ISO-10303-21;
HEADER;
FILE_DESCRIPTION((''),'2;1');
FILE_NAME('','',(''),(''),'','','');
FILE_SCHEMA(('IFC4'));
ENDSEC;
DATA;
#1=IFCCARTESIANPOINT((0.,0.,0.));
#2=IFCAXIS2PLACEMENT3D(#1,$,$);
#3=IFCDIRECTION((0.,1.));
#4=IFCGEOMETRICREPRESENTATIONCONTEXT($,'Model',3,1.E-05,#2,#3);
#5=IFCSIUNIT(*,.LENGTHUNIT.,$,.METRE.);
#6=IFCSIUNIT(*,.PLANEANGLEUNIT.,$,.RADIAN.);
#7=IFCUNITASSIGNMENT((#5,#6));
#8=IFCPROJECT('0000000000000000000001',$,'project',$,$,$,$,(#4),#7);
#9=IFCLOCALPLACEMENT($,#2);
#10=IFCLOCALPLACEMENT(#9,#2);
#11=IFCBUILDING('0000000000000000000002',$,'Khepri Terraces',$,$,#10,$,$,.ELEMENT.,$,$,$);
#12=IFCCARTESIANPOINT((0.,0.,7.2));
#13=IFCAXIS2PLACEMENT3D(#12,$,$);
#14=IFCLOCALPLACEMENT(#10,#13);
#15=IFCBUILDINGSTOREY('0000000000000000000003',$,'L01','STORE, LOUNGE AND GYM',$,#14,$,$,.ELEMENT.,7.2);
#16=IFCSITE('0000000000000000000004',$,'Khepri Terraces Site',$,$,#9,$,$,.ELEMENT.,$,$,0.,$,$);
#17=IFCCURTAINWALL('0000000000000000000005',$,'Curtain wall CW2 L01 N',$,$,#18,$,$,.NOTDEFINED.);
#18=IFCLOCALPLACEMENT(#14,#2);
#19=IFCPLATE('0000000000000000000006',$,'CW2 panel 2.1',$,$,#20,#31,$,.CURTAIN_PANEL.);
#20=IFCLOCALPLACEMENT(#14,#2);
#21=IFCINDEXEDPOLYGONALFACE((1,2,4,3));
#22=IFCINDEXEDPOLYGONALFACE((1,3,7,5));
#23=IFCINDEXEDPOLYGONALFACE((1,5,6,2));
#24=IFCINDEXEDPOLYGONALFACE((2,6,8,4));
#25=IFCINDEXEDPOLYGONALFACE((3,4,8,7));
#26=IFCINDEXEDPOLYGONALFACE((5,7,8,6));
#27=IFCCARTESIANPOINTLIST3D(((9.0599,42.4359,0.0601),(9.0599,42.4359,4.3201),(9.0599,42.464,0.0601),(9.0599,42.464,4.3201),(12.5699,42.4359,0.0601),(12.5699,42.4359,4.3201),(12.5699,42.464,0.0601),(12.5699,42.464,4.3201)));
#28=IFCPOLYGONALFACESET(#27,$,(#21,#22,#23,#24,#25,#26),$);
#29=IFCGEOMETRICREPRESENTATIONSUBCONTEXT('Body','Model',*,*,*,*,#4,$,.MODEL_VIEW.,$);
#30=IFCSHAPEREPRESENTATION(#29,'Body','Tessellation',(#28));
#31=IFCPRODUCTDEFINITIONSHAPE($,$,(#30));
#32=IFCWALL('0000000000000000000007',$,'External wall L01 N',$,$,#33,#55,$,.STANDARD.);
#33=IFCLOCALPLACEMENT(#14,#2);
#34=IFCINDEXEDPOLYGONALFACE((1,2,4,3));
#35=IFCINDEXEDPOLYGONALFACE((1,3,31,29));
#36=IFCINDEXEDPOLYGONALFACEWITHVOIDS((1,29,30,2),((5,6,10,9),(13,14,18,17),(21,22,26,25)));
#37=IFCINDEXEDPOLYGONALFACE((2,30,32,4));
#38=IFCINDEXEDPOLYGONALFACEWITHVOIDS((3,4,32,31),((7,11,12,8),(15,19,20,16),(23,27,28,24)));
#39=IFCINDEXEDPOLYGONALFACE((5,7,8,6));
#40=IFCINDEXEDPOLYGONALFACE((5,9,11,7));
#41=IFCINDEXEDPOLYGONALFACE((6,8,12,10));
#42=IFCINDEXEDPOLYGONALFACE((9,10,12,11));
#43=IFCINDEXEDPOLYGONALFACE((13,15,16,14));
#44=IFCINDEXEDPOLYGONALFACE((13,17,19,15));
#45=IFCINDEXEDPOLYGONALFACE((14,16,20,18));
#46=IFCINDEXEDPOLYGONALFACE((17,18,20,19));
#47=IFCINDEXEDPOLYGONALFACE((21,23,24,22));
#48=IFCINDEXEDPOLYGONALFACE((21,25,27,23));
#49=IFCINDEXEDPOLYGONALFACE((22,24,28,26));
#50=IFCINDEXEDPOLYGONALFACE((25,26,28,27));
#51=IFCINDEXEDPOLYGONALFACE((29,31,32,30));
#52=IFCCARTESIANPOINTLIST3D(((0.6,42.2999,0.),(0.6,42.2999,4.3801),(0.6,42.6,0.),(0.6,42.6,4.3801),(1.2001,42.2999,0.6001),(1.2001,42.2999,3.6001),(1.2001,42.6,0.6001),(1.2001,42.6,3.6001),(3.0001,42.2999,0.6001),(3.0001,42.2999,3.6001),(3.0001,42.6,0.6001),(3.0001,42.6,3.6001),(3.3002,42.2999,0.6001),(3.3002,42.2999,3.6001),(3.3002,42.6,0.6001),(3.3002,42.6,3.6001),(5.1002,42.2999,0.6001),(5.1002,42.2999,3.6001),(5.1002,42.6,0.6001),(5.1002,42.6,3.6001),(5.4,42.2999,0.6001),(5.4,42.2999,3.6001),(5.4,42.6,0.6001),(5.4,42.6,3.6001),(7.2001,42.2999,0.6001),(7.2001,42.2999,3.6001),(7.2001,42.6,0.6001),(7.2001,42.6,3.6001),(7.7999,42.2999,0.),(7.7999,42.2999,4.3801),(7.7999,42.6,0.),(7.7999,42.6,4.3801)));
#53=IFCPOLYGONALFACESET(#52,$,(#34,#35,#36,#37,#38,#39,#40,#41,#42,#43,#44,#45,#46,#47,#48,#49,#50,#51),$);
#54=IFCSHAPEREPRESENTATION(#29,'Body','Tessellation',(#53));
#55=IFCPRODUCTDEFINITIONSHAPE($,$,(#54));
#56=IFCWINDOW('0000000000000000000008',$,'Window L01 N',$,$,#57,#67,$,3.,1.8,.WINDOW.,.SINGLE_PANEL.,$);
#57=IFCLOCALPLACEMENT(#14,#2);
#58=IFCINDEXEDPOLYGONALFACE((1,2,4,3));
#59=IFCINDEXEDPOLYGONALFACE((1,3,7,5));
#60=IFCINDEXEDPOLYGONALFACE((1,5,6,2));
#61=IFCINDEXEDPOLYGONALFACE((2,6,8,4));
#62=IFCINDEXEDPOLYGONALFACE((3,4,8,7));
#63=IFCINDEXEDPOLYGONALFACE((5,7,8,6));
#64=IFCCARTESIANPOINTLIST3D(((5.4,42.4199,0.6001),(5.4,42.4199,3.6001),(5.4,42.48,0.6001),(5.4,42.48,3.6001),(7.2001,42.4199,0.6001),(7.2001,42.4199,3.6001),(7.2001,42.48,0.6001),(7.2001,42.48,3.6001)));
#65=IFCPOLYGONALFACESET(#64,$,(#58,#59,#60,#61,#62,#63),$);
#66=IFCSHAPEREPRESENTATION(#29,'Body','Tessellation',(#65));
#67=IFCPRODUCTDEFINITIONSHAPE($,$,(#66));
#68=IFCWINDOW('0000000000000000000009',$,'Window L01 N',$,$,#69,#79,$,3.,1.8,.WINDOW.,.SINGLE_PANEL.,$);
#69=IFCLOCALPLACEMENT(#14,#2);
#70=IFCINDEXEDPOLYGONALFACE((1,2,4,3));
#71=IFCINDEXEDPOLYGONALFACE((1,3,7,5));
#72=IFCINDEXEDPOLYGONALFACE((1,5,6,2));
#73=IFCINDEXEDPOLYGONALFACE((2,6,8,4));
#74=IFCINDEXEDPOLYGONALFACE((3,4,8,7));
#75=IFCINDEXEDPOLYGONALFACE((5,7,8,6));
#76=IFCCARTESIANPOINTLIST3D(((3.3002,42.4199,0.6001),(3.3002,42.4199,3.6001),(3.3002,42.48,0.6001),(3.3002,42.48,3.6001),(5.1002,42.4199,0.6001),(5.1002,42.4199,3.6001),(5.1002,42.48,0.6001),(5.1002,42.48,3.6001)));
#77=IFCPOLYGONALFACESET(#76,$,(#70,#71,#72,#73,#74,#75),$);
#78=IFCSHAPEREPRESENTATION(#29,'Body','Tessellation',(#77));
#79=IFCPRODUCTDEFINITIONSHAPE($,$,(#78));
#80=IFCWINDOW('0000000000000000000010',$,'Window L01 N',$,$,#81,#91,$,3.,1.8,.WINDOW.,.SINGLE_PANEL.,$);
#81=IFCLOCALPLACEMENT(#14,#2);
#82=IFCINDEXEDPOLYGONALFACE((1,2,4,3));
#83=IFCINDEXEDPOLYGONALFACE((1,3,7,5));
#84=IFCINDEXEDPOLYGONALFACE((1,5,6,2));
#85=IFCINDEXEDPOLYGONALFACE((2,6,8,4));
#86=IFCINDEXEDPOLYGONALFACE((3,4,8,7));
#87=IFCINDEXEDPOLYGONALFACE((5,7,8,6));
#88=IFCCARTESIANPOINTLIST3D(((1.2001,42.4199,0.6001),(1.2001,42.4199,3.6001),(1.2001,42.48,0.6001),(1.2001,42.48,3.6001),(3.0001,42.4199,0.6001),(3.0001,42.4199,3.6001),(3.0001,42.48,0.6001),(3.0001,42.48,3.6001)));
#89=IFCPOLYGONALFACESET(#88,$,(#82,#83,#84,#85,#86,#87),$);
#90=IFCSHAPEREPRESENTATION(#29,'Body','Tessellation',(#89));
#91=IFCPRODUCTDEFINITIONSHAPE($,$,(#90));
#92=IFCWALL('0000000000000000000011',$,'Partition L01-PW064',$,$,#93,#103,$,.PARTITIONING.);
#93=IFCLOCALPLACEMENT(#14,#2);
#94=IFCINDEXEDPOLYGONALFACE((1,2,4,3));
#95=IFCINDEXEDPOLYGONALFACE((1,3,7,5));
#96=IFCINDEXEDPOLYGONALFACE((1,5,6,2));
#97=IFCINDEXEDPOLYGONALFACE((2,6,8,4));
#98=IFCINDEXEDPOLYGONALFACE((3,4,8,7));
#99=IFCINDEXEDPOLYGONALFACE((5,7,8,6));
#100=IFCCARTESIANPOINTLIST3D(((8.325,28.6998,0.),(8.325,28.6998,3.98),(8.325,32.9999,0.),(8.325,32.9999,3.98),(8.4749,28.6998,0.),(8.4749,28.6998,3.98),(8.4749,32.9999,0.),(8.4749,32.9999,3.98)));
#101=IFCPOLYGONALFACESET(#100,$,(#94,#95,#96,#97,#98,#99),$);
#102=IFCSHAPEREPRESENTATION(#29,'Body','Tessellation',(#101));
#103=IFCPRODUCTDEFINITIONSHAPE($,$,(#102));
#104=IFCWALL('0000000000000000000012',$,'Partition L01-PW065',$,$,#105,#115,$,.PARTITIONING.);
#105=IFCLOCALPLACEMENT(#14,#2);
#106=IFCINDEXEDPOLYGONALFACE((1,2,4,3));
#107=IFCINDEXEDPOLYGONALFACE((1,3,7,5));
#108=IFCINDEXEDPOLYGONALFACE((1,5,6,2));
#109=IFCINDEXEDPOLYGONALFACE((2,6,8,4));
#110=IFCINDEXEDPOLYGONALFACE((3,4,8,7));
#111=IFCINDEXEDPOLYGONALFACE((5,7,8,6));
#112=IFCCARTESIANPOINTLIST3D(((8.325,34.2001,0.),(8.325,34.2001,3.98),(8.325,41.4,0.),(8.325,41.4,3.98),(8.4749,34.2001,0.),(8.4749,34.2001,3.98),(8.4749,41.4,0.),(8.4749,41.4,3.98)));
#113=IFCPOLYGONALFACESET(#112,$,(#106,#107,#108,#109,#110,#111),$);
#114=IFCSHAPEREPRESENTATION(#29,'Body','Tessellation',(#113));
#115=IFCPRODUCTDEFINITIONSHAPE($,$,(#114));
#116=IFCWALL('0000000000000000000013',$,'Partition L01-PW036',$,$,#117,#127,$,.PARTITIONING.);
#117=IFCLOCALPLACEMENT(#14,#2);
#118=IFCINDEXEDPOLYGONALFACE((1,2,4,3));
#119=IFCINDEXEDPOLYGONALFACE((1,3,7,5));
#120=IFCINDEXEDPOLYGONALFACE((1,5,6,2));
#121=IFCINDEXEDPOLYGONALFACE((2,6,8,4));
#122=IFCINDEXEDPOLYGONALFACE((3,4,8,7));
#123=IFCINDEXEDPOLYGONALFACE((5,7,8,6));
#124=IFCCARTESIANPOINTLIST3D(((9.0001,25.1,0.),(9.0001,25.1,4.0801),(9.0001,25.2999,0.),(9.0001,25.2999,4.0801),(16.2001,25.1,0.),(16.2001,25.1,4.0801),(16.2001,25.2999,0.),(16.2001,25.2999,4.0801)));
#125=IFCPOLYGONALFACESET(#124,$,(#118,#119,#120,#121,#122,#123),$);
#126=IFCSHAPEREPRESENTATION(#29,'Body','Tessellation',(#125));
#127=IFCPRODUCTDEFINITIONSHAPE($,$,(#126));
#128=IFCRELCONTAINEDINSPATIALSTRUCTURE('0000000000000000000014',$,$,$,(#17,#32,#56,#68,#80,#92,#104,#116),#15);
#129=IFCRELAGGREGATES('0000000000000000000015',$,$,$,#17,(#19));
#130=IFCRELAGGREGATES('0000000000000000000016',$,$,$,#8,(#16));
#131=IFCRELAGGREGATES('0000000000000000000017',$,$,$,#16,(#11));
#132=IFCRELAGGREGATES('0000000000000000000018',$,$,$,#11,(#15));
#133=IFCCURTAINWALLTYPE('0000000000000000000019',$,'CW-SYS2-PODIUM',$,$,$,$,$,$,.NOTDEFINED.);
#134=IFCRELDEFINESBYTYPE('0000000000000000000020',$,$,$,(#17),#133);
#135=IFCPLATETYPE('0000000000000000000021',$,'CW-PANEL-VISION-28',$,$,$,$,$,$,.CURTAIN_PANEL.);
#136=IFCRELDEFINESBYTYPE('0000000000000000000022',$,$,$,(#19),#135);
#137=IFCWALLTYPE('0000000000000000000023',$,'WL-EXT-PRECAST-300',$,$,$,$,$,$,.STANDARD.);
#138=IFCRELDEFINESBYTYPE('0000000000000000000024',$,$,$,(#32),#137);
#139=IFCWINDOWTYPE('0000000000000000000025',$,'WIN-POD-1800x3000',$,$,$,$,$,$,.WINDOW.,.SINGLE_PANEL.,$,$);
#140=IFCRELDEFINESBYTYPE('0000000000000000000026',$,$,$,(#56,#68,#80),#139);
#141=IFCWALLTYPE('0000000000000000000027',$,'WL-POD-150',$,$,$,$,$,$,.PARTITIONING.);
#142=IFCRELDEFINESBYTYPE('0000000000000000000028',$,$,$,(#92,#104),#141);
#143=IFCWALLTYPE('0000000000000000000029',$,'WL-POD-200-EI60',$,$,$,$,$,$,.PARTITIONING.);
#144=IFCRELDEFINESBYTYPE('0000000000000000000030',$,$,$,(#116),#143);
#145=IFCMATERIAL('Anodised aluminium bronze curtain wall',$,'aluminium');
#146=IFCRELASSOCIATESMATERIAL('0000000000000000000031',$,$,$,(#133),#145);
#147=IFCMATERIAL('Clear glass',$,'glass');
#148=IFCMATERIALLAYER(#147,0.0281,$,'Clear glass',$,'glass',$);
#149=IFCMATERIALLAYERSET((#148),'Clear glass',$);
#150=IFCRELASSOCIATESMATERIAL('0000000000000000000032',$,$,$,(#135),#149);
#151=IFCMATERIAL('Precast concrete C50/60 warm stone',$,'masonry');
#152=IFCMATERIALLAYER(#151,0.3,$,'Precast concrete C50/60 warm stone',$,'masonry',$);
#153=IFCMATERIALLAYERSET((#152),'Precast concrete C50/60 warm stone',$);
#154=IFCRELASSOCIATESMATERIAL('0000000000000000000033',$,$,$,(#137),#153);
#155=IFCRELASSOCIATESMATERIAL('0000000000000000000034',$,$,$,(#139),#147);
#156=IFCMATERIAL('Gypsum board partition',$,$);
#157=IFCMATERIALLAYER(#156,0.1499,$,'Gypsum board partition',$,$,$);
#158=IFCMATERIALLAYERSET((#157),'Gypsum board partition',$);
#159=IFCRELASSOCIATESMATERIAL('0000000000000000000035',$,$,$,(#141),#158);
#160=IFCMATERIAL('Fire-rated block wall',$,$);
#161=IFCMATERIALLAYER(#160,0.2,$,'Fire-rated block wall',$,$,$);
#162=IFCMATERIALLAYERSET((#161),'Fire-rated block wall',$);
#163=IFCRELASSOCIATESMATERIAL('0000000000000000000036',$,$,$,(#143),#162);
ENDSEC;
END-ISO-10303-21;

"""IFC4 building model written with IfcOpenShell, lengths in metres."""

from ifc_helpers import new_model, si_unit, direction, frame, frame_2d, origin, origin_2d, place, context, subcontext, project, spatial, rectangle, extrude, material, layer, layer_set, type_object, element, fill, aggregate, save


model = new_model("IFC4")

# Units and contexts
model_context = context("Model", 3, precision=1e-05, world=origin(), true_north=direction((0.0, 1.0)))
body_context = subcontext(model_context, "Body", "Model", "MODEL_VIEW")
ifc_project = project(units=[si_unit("LENGTHUNIT", "METRE"), si_unit("PLANEANGLEUNIT", "RADIAN")], contexts=[model_context])

# Site, building, storey
site_placement = place(None, origin())
site = spatial("IfcSite", under=ifc_project, at=site_placement, Name="Khepri Terraces Site", CompositionType="ELEMENT", RefElevation=0.0)
building_placement = place(site_placement, origin())
building = spatial("IfcBuilding", under=site, at=building_placement, Name="Khepri Terraces", CompositionType="ELEMENT")
storey_placement = place(building_placement, frame((0.0, 0.0, 7.2)))
storey = spatial("IfcBuildingStorey", under=building, at=storey_placement, Name="L01", Description="STORE, LOUNGE AND GYM", CompositionType="ELEMENT", Elevation=7.2)

# Curtain wall
ifc_material_1 = material(Name="Anodised aluminium bronze curtain wall", Category="aluminium")
curtain_wall_type = type_object("IfcCurtainWallType", Name="CW-SYS2-PODIUM", PredefinedType="NOTDEFINED", material=ifc_material_1)
curtain_wall_placement = place(storey_placement, origin())
curtain_wall = element("IfcCurtainWall", 1, at=curtain_wall_placement, inside=storey, type_object=curtain_wall_type, Name="Curtain wall CW2 L01 N", PredefinedType="NOTDEFINED")

# Plate
ifc_material_2 = material(Name="Clear glass", Category="glass")
ifc_layer_1 = layer(ifc_material_2, 0.0281, Name="Clear glass", Category="glass")
ifc_layer_set_1 = layer_set([ifc_layer_1], Name="Clear glass")
plate_type = type_object("IfcPlateType", Name="CW-PANEL-VISION-28", PredefinedType="CURTAIN_PANEL", material=ifc_layer_set_1)
plate_placement = place(storey_placement, frame((10.8149, 42.45, 0.0601), z_axis=(0.0, 0.0, 1.0), x_axis=(-1.0, 0.0, 0.0)))
plate = element("IfcPlate", 2, at=plate_placement, type_object=plate_type, Name="CW2 panel 2.1", PredefinedType="CURTAIN_PANEL", context=body_context, shape_type="SweptSolid", body=[
    extrude(rectangle(XDim=3.51, YDim=0.0281, at=origin_2d()), origin(), (0.0, 0.0, 1.0), 4.26),
])
aggregate(curtain_wall, [plate])

# Wall, openings, windows
ifc_material_3 = material(Name="Precast concrete C50/60 warm stone", Category="masonry")
ifc_layer_2 = layer(ifc_material_3, 0.3, Name="Precast concrete C50/60 warm stone", Category="masonry")
ifc_layer_set_2 = layer_set([ifc_layer_2], Name="Precast concrete C50/60 warm stone")
wall_type_1 = type_object("IfcWallType", Name="WL-EXT-PRECAST-300", PredefinedType="STANDARD", material=ifc_layer_set_2)
wall_1_placement = place(storey_placement, frame((7.8, 42.45, 0.0), z_axis=(0.0, 0.0, 1.0), x_axis=(-1.0, 0.0, 0.0)))
wall_1 = element("IfcWall", 3, at=wall_1_placement, inside=storey, type_object=wall_type_1, Name="External wall L01 N", PredefinedType="STANDARD", context=body_context, shape_type="SweptSolid", body=[
    extrude(rectangle(XDim=7.2, YDim=0.3, at=frame_2d((3.6001, 0.0))), origin(), (0.0, 0.0, 1.0), 4.3801),
])
opening_1_placement = place(wall_1_placement, frame((0.6001, 0.0, 0.6001)))
opening_1 = element("IfcOpeningElement", 4, at=opening_1_placement, cuts=wall_1, PredefinedType="OPENING", context=body_context, shape_type="SweptSolid", body=[
    extrude(rectangle(XDim=1.8, YDim=3.0, at=frame_2d((0.8999, 1.5))), frame((0.0, 0.1602, 0.0), z_axis=(0.0, -1.0, 0.0), x_axis=(1.0, 0.0, 0.0)), (0.0, 0.0, 1.0), 0.3201),
])
opening_2_placement = place(wall_1_placement, frame((2.7, 0.0, 0.6001)))
opening_2 = element("IfcOpeningElement", 5, at=opening_2_placement, cuts=wall_1, PredefinedType="OPENING", context=body_context, shape_type="SweptSolid", body=[
    extrude(rectangle(XDim=1.8, YDim=3.0, at=frame_2d((0.8999, 1.5))), frame((0.0, 0.1602, 0.0), z_axis=(0.0, -1.0, 0.0), x_axis=(1.0, 0.0, 0.0)), (0.0, 0.0, 1.0), 0.3201),
])
opening_3_placement = place(wall_1_placement, frame((4.8, 0.0, 0.6001)))
opening_3 = element("IfcOpeningElement", 6, at=opening_3_placement, cuts=wall_1, PredefinedType="OPENING", context=body_context, shape_type="SweptSolid", body=[
    extrude(rectangle(XDim=1.8, YDim=3.0, at=frame_2d((0.8999, 1.5))), frame((0.0, 0.1602, 0.0), z_axis=(0.0, -1.0, 0.0), x_axis=(1.0, 0.0, 0.0)), (0.0, 0.0, 1.0), 0.3201),
])
window_type = type_object("IfcWindowType", Name="WIN-POD-1800x3000", PartitioningType="SINGLE_PANEL", PredefinedType="WINDOW", material=ifc_material_2)
window_1_placement = place(opening_1_placement, origin())
window_1 = element("IfcWindow", 7, at=window_1_placement, inside=storey, type_object=window_type, Name="Window L01 N", OverallHeight=3.0, OverallWidth=1.8, PartitioningType="SINGLE_PANEL", PredefinedType="WINDOW", context=body_context, shape_type="SweptSolid", body=[
    extrude(rectangle(XDim=1.8, YDim=3.0, at=frame_2d((0.8999, 1.5))), frame((0.0, 0.03, 0.0), z_axis=(0.0, -1.0, 0.0), x_axis=(1.0, 0.0, 0.0)), (0.0, 0.0, 1.0), 0.0601),
])
fill(opening_1, window_1)
window_2_placement = place(opening_2_placement, origin())
window_2 = element("IfcWindow", 8, at=window_2_placement, inside=storey, type_object=window_type, Name="Window L01 N", OverallHeight=3.0, OverallWidth=1.8, PartitioningType="SINGLE_PANEL", PredefinedType="WINDOW", context=body_context, shape_type="SweptSolid", body=[
    extrude(rectangle(XDim=1.8, YDim=3.0, at=frame_2d((0.8999, 1.5))), frame((0.0, 0.03, 0.0), z_axis=(0.0, -1.0, 0.0), x_axis=(1.0, 0.0, 0.0)), (0.0, 0.0, 1.0), 0.0601),
])
fill(opening_2, window_2)
window_3_placement = place(opening_3_placement, origin())
window_3 = element("IfcWindow", 9, at=window_3_placement, inside=storey, type_object=window_type, Name="Window L01 N", OverallHeight=3.0, OverallWidth=1.8, PartitioningType="SINGLE_PANEL", PredefinedType="WINDOW", context=body_context, shape_type="SweptSolid", body=[
    extrude(rectangle(XDim=1.8, YDim=3.0, at=frame_2d((0.8999, 1.5))), frame((0.0, 0.03, 0.0), z_axis=(0.0, -1.0, 0.0), x_axis=(1.0, 0.0, 0.0)), (0.0, 0.0, 1.0), 0.0601),
])
fill(opening_3, window_3)

# Walls
ifc_material_4 = material(Name="Gypsum board partition")
ifc_layer_3 = layer(ifc_material_4, 0.1499, Name="Gypsum board partition")
ifc_layer_set_3 = layer_set([ifc_layer_3], Name="Gypsum board partition")
wall_type_2 = type_object("IfcWallType", Name="WL-POD-150", PredefinedType="PARTITIONING", material=ifc_layer_set_3)
wall_2_placement = place(storey_placement, frame((8.3999, 28.7, 0.0), z_axis=(0.0, 0.0, 1.0), x_axis=(0.0, 1.0, 0.0)))
element("IfcWall", 10, at=wall_2_placement, inside=storey, type_object=wall_type_2, Name="Partition L01-PW064", PredefinedType="PARTITIONING", context=body_context, shape_type="SweptSolid", body=[
    extrude(rectangle(XDim=4.3, YDim=0.1499, at=frame_2d((2.1499, 0.0))), origin(), (0.0, 0.0, 1.0), 3.98),
])
wall_3_placement = place(storey_placement, frame((8.3999, 34.2, 0.0), z_axis=(0.0, 0.0, 1.0), x_axis=(0.0, 1.0, 0.0)))
element("IfcWall", 11, at=wall_3_placement, inside=storey, type_object=wall_type_2, Name="Partition L01-PW065", PredefinedType="PARTITIONING", context=body_context, shape_type="SweptSolid", body=[
    extrude(rectangle(XDim=7.2, YDim=0.1499, at=frame_2d((3.6001, 0.0))), origin(), (0.0, 0.0, 1.0), 3.98),
])
ifc_material_5 = material(Name="Fire-rated block wall")
ifc_layer_4 = layer(ifc_material_5, 0.2, Name="Fire-rated block wall")
ifc_layer_set_4 = layer_set([ifc_layer_4], Name="Fire-rated block wall")
wall_type_3 = type_object("IfcWallType", Name="WL-POD-200-EI60", PredefinedType="PARTITIONING", material=ifc_layer_set_4)
wall_4_placement = place(storey_placement, frame((9.0, 25.2, 0.0), z_axis=(0.0, 0.0, 1.0), x_axis=(1.0, 0.0, 0.0)))
element("IfcWall", 12, at=wall_4_placement, inside=storey, type_object=wall_type_3, Name="Partition L01-PW036", PredefinedType="PARTITIONING", context=body_context, shape_type="SweptSolid", body=[
    extrude(rectangle(XDim=7.2, YDim=0.2, at=frame_2d((3.6001, 0.0))), origin(), (0.0, 0.0, 1.0), 4.0801),
])

save(model, "model.ifc")
